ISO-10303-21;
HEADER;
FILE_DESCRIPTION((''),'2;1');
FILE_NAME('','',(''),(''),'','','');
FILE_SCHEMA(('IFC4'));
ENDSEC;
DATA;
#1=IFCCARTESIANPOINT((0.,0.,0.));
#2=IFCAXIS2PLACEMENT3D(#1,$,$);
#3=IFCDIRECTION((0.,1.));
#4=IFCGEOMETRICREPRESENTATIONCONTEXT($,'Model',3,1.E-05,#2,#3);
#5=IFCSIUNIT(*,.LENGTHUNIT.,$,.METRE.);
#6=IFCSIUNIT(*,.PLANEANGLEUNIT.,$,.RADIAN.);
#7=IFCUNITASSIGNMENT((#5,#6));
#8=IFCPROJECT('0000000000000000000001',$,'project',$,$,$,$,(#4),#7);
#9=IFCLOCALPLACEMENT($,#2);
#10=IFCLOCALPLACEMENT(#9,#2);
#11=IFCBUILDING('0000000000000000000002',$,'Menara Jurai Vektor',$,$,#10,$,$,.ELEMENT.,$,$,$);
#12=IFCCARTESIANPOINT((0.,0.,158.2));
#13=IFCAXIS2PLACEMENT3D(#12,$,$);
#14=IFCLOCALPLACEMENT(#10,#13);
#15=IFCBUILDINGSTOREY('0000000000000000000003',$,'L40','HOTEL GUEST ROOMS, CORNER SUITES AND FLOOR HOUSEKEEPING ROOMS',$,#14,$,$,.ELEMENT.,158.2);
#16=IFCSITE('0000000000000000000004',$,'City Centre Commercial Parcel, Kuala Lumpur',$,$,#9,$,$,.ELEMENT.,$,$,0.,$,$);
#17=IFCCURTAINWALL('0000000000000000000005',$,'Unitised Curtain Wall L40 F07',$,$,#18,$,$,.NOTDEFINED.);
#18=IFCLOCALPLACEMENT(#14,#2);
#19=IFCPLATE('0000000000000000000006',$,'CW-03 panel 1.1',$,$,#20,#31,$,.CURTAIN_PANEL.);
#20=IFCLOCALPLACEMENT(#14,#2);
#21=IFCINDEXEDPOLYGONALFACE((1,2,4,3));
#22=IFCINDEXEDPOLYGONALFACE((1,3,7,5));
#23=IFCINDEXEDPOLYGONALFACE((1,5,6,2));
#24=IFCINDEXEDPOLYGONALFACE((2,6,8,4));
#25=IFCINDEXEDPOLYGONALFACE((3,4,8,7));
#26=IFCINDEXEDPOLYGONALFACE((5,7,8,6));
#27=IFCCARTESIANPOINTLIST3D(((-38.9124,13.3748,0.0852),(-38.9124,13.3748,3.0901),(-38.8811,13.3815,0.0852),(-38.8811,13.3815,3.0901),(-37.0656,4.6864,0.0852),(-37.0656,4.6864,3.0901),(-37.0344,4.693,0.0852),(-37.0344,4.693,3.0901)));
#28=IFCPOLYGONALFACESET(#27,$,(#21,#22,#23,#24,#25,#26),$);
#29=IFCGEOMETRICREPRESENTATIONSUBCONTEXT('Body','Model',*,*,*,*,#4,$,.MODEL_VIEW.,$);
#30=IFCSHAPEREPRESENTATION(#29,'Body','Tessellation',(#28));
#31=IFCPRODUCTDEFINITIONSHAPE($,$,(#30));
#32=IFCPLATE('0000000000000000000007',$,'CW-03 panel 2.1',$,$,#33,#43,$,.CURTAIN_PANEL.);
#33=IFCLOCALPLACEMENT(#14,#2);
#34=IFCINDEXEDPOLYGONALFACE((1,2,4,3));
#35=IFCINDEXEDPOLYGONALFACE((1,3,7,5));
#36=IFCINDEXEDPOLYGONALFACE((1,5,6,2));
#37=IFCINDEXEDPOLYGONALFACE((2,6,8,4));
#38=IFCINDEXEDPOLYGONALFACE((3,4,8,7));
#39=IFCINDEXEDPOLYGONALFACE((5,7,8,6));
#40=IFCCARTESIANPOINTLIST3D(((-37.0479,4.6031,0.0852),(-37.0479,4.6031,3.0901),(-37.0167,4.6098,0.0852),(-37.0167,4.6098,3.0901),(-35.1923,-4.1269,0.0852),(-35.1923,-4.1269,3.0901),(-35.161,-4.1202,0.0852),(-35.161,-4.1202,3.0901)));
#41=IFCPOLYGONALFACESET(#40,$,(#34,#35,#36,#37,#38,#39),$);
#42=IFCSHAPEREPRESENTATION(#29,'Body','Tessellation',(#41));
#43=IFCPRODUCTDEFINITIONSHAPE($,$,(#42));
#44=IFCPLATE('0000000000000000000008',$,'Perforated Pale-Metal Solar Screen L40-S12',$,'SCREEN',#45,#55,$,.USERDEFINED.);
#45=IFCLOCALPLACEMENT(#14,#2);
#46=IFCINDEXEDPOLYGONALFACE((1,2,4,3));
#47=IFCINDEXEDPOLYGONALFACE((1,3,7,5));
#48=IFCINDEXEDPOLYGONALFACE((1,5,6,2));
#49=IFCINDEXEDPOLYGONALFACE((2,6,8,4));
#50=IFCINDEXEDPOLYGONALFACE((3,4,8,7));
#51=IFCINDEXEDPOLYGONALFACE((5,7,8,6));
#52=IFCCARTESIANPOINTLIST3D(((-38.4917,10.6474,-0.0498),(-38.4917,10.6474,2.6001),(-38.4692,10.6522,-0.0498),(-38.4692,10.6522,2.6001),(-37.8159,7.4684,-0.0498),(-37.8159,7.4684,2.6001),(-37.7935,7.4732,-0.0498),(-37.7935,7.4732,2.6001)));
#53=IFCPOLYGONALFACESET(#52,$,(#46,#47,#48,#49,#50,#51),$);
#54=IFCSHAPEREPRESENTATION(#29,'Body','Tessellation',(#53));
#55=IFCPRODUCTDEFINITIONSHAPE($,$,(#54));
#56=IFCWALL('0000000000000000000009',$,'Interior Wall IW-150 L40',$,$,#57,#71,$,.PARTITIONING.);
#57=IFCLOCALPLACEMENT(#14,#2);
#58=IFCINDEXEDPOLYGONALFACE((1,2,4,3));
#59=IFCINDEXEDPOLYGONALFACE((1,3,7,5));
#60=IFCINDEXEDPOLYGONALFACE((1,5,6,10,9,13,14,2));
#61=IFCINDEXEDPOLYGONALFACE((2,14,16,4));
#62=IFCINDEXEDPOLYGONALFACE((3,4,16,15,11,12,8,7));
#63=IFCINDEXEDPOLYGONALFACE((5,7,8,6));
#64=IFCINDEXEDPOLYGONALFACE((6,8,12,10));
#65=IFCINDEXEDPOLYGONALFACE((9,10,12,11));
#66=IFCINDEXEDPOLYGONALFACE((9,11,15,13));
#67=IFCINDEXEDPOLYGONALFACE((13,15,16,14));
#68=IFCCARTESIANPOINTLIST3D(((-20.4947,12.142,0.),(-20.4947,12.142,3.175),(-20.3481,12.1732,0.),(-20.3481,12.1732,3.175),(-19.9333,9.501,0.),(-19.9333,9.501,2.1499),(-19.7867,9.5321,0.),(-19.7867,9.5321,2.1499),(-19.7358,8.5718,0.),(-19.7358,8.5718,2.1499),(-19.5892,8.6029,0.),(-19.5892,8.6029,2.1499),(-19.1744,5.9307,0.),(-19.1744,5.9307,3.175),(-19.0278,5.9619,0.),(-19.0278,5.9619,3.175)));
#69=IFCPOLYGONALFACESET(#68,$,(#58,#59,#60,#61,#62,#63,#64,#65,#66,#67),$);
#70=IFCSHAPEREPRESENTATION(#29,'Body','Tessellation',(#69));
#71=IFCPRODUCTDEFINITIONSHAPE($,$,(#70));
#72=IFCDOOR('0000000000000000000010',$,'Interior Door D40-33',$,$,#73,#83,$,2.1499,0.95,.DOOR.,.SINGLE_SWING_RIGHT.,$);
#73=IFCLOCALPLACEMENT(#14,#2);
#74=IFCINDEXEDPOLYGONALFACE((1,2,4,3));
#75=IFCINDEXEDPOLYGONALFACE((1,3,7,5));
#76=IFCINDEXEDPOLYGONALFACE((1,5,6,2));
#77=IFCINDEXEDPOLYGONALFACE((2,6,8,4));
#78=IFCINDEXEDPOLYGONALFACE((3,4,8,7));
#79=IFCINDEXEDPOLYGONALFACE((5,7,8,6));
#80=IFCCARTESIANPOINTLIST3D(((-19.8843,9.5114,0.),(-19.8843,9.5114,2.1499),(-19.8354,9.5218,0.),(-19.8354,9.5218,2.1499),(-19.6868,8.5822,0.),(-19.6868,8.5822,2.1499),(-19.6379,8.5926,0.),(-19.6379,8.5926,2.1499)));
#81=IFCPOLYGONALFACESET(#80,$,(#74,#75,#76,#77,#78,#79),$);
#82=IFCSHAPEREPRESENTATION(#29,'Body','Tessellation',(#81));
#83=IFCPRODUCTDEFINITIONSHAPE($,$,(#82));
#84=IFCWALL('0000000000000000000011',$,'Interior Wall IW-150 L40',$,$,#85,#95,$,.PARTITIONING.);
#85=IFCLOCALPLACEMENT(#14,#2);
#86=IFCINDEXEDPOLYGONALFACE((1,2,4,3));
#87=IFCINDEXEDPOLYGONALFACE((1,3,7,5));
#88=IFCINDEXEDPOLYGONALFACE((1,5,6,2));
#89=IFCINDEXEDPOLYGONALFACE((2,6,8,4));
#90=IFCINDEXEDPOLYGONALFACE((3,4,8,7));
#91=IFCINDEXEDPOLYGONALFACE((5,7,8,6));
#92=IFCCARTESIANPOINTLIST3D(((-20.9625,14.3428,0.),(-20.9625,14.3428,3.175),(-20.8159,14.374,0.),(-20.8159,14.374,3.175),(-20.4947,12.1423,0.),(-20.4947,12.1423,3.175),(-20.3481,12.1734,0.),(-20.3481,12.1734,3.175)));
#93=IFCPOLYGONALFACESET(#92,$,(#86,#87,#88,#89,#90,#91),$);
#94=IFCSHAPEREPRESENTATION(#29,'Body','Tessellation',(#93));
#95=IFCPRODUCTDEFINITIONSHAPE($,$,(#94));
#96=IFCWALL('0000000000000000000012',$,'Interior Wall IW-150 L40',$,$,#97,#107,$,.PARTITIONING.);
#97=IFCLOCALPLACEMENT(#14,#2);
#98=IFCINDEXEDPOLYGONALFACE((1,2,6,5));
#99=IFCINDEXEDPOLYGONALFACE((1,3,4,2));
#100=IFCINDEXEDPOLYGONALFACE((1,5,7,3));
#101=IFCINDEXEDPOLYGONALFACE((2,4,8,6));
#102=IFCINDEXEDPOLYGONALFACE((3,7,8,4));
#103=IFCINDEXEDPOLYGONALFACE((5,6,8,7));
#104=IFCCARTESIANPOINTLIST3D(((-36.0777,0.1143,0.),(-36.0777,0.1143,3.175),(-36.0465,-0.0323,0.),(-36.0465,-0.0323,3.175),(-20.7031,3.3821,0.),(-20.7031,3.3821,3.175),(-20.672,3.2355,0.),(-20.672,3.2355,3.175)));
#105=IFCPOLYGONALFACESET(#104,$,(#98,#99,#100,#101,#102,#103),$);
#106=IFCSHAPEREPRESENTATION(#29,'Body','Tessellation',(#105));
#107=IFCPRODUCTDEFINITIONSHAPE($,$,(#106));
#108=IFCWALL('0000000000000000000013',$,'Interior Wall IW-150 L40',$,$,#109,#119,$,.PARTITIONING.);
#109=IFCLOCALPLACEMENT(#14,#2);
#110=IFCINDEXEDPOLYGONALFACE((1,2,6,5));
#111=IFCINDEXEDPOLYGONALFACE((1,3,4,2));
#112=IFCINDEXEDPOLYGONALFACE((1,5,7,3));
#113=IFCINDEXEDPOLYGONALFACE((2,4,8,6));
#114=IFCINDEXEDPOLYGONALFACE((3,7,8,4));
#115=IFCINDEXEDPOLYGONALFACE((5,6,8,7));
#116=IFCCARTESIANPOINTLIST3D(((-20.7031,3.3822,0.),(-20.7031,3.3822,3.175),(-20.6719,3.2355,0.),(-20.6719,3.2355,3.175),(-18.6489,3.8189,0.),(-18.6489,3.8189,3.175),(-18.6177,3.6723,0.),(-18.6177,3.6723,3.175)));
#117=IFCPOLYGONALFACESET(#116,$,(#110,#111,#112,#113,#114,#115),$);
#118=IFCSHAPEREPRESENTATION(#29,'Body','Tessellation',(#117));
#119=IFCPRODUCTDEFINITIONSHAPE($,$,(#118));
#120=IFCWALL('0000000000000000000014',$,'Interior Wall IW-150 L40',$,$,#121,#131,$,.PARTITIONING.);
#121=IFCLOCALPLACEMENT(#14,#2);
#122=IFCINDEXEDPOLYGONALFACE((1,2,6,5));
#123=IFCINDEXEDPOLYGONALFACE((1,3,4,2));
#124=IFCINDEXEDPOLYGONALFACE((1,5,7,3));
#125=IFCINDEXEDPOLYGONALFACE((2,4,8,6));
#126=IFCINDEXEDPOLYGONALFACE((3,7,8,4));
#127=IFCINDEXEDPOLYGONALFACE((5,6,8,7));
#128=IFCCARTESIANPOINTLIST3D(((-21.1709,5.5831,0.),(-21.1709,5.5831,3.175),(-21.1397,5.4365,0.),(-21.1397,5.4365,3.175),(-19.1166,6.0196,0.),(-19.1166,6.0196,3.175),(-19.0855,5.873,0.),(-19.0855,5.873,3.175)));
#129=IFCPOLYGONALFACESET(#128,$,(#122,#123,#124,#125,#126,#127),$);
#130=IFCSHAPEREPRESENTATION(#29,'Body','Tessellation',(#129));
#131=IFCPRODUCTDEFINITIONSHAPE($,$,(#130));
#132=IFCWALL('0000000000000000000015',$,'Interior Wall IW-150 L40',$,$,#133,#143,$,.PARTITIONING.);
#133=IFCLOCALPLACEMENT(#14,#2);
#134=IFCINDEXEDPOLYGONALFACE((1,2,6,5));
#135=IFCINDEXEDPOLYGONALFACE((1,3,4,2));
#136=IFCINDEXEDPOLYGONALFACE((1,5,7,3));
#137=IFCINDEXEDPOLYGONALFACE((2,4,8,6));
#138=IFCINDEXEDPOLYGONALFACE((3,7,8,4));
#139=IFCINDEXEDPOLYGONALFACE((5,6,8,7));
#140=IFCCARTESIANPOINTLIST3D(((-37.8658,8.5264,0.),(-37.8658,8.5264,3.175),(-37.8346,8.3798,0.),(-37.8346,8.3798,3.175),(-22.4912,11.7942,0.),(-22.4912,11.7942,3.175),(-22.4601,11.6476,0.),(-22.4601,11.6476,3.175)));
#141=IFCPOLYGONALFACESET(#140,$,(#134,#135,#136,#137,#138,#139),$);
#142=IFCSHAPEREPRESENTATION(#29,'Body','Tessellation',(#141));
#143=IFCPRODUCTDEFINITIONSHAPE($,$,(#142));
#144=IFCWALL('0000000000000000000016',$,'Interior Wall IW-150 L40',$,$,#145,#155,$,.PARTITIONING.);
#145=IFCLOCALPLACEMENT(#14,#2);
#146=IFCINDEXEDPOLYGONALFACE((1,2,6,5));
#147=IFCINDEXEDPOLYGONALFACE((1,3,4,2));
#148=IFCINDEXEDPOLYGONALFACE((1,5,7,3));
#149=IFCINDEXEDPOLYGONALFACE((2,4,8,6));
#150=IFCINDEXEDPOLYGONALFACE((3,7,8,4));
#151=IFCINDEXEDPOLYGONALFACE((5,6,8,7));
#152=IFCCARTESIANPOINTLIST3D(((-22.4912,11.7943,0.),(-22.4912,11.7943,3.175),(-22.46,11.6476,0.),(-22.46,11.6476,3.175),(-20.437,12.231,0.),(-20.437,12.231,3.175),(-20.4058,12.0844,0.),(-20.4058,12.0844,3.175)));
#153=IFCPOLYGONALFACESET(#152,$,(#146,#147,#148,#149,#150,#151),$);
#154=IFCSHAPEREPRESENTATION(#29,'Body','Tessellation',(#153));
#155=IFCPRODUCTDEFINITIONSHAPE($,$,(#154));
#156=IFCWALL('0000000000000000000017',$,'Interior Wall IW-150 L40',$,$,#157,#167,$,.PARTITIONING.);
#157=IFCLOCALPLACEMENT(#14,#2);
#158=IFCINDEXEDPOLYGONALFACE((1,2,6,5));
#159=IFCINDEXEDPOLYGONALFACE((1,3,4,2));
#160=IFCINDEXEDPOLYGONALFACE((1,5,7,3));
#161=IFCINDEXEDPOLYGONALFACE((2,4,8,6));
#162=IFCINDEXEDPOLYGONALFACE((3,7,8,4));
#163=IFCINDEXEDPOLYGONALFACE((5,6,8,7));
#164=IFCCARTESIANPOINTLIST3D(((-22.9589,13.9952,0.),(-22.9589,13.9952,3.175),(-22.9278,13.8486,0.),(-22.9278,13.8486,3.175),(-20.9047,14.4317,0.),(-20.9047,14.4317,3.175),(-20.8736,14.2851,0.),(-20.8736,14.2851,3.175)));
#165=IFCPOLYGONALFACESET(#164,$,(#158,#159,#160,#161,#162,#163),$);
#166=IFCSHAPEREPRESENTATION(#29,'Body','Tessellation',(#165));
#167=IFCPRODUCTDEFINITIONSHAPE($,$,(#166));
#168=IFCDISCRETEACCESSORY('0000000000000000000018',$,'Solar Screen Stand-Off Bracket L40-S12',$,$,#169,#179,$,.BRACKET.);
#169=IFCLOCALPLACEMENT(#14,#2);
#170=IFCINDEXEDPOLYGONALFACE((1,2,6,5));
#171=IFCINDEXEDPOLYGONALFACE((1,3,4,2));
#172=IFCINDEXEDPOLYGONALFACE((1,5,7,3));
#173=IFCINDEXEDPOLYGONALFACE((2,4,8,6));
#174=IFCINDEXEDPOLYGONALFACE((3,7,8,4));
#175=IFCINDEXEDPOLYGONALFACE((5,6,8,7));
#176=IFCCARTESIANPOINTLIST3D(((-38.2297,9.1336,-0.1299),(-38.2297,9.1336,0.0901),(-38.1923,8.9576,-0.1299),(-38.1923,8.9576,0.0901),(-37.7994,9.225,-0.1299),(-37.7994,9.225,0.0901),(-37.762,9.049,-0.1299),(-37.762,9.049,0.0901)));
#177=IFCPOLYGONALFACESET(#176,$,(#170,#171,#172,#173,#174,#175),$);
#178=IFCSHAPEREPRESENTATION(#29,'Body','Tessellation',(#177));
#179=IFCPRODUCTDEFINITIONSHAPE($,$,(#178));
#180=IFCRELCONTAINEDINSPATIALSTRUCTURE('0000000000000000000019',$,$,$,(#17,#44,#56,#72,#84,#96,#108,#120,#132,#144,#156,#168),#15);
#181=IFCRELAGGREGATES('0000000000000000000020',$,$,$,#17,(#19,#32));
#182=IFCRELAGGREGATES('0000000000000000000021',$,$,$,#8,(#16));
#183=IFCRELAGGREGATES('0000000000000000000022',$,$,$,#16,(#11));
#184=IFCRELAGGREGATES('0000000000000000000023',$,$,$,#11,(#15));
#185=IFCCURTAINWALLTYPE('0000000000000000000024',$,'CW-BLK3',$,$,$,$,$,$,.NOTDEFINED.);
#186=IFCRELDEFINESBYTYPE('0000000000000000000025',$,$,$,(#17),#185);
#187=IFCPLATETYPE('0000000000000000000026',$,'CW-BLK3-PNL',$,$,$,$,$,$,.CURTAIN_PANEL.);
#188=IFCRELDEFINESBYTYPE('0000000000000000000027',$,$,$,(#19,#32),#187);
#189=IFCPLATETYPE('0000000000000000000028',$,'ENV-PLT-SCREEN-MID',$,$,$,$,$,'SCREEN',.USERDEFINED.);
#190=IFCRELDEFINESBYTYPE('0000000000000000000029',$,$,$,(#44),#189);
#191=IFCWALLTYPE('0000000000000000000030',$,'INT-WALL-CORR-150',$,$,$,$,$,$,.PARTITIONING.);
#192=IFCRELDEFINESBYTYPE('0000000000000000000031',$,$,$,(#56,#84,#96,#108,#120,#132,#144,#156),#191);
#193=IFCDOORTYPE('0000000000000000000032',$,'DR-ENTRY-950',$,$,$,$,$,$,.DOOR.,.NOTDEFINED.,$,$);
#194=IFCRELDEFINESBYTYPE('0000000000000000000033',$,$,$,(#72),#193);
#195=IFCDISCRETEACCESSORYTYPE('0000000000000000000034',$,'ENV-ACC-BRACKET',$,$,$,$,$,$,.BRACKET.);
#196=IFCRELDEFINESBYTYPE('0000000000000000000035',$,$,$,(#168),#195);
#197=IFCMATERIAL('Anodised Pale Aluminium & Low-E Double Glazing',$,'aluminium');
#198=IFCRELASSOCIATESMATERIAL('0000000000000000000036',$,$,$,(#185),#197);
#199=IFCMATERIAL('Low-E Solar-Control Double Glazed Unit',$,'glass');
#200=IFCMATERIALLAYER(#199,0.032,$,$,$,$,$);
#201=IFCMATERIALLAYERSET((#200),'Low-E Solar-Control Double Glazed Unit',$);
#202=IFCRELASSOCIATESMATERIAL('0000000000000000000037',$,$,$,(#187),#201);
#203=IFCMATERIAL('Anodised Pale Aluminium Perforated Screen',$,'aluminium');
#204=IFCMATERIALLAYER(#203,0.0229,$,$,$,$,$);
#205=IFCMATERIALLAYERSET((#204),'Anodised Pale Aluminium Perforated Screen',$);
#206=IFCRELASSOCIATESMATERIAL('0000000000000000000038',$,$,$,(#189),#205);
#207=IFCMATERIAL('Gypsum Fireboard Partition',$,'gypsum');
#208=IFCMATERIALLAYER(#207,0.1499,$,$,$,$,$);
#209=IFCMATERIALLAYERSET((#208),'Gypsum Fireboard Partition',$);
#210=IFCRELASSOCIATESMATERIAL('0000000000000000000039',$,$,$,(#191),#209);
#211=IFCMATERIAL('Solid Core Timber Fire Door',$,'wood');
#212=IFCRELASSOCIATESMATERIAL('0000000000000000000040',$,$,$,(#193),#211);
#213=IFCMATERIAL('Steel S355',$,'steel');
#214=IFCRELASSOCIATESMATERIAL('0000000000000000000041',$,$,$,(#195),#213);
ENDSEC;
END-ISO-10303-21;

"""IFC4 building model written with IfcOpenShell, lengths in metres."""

from ifc_helpers import new_model, si_unit, direction, frame, frame_2d, origin, origin_2d, place, context, subcontext, project, spatial, rectangle, extrude, material, layer, layer_set, type_object, element, fill, aggregate, save


model = new_model("IFC4")

# Units and contexts
model_context = context("Model", 3, precision=1e-05, world=origin(), true_north=direction((0.0, 1.0)))
body_context = subcontext(model_context, "Body", "Model", "MODEL_VIEW")
ifc_project = project(units=[si_unit("LENGTHUNIT", "METRE"), si_unit("PLANEANGLEUNIT", "RADIAN")], contexts=[model_context])

# Site, building, storey
site_placement = place(None, origin())
site = spatial("IfcSite", under=ifc_project, at=site_placement, Name="City Centre Commercial Parcel, Kuala Lumpur", CompositionType="ELEMENT", RefElevation=0.0)
building_placement = place(site_placement, origin())
building = spatial("IfcBuilding", under=site, at=building_placement, Name="Menara Jurai Vektor", CompositionType="ELEMENT")
storey_placement = place(building_placement, frame((0.0, 0.0, 158.2)))
storey = spatial("IfcBuildingStorey", under=building, at=storey_placement, Name="L40", Description="HOTEL GUEST ROOMS, CORNER SUITES AND FLOOR HOUSEKEEPING ROOMS", CompositionType="ELEMENT", Elevation=158.2)

# Curtain wall
ifc_material_1 = material(Name="Anodised Pale Aluminium & Low-E Double Glazing", Category="aluminium")
curtain_wall_type = type_object("IfcCurtainWallType", Name="CW-BLK3", PredefinedType="NOTDEFINED", material=ifc_material_1)
curtain_wall_placement = place(storey_placement, origin())
curtain_wall = element("IfcCurtainWall", 1, at=curtain_wall_placement, inside=storey, type_object=curtain_wall_type, Name="Unitised Curtain Wall L40 F07", PredefinedType="NOTDEFINED")

# Shared definitions
ifc_material_2 = material(Name="Steel S355", Category="steel")

# Plates
ifc_material_3 = material(Name="Low-E Solar-Control Double Glazed Unit", Category="glass")
ifc_layer_1 = layer(ifc_material_3, 0.032)
ifc_layer_set_1 = layer_set([ifc_layer_1], Name="Low-E Solar-Control Double Glazed Unit")
plate_type_1 = type_object("IfcPlateType", Name="CW-BLK3-PNL", PredefinedType="CURTAIN_PANEL", material=ifc_layer_set_1)
plate_1_placement = place(storey_placement, frame((-37.9734, 9.0339, 0.0852), z_axis=(0.0, 0.0, 1.0), x_axis=(0.20791, -0.978148, 0.0)))
plate_1 = element("IfcPlate", 2, at=plate_1_placement, type_object=plate_type_1, Name="CW-03 panel 1.1", PredefinedType="CURTAIN_PANEL", context=body_context, shape_type="SweptSolid", body=[
    extrude(rectangle(XDim=8.8826, YDim=0.032, at=origin_2d()), origin(), (0.0, 0.0, 1.0), 3.0049),
])
plate_2_placement = place(storey_placement, frame((-36.1045, 0.2415, 0.0852), z_axis=(0.0, 0.0, 1.0), x_axis=(0.20791, -0.978148, 0.0)))
plate_2 = element("IfcPlate", 3, at=plate_2_placement, type_object=plate_type_1, Name="CW-03 panel 2.1", PredefinedType="CURTAIN_PANEL", context=body_context, shape_type="SweptSolid", body=[
    extrude(rectangle(XDim=8.925, YDim=0.032, at=origin_2d()), origin(), (0.0, 0.0, 1.0), 3.0049),
])
aggregate(curtain_wall, [plate_1, plate_2])
ifc_material_4 = material(Name="Anodised Pale Aluminium Perforated Screen", Category="aluminium")
ifc_layer_2 = layer(ifc_material_4, 0.0229)
ifc_layer_set_2 = layer_set([ifc_layer_2], Name="Anodised Pale Aluminium Perforated Screen")
plate_type_2 = type_object("IfcPlateType", Name="ENV-PLT-SCREEN-MID", ElementType="SCREEN", PredefinedType="USERDEFINED", material=ifc_layer_set_2)
plate_3_placement = place(storey_placement, frame((-38.1426, 9.0603, -0.0498), z_axis=(0.0, 0.0, 1.0), x_axis=(0.207912, -0.978148, 0.0)))
element("IfcPlate", 4, at=plate_3_placement, inside=storey, type_object=plate_type_2, Name="Perforated Pale-Metal Solar Screen L40-S12", ObjectType="SCREEN", PredefinedType="USERDEFINED", context=body_context, shape_type="SweptSolid", body=[
    extrude(rectangle(XDim=3.25, YDim=0.0229, at=origin_2d()), origin(), (0.0, 0.0, 1.0), 2.6499),
])

# Wall, opening, door
ifc_material_5 = material(Name="Gypsum Fireboard Partition", Category="gypsum")
ifc_layer_3 = layer(ifc_material_5, 0.1499)
ifc_layer_set_3 = layer_set([ifc_layer_3], Name="Gypsum Fireboard Partition")
wall_type = type_object("IfcWallType", Name="INT-WALL-CORR-150", PredefinedType="PARTITIONING", material=ifc_layer_set_3)
wall_1_placement = place(storey_placement, frame((-19.1011, 5.9463, 0.0), z_axis=(0.0, 0.0, 1.0), x_axis=(-0.207917, 0.978147, 0.0)))
wall_1 = element("IfcWall", 5, at=wall_1_placement, inside=storey, type_object=wall_type, Name="Interior Wall IW-150 L40", PredefinedType="PARTITIONING", context=body_context, shape_type="SweptSolid", body=[
    extrude(rectangle(XDim=6.3501, YDim=0.1499, at=frame_2d((3.175, 0.0))), origin(), (0.0, 0.0, 1.0), 3.175),
])
opening_1_placement = place(wall_1_placement, frame((2.7, 0.0, 0.0)))
opening_1 = element("IfcOpeningElement", 6, at=opening_1_placement, cuts=wall_1, PredefinedType="OPENING", context=body_context, shape_type="SweptSolid", body=[
    extrude(rectangle(XDim=0.95, YDim=2.1499, at=frame_2d((0.4751, 1.075))), frame((0.0, 0.085, 0.0), z_axis=(0.0, -1.0, 0.0), x_axis=(1.0, 0.0, 0.0)), (0.0, 0.0, 1.0), 0.1699),
])
ifc_material_6 = material(Name="Solid Core Timber Fire Door", Category="wood")
door_type_1 = type_object("IfcDoorType", Name="DR-ENTRY-950", OperationType="NOTDEFINED", PredefinedType="DOOR", material=ifc_material_6)
door_1_placement = place(opening_1_placement, origin())
door_1 = element("IfcDoor", 7, at=door_1_placement, inside=storey, type_object=door_type_1, Name="Interior Door D40-33", OperationType="SINGLE_SWING_RIGHT", OverallHeight=2.1499, OverallWidth=0.95, PredefinedType="DOOR", context=body_context, shape_type="SweptSolid", body=[
    extrude(rectangle(XDim=0.95, YDim=2.1499, at=frame_2d((0.4751, 1.075))), frame((0.0, 0.0249, 0.0), z_axis=(0.0, -1.0, 0.0), x_axis=(1.0, 0.0, 0.0)), (0.0, 0.0, 1.0), 0.05),
])
fill(opening_1, door_1)

# Walls
wall_2_placement = place(storey_placement, frame((-20.4214, 12.1577, 0.0), z_axis=(0.0, 0.0, 1.0), x_axis=(-0.207913, 0.978147, 0.0)))
element("IfcWall", 8, at=wall_2_placement, inside=storey, type_object=wall_type, Name="Interior Wall IW-150 L40", PredefinedType="PARTITIONING", context=body_context, shape_type="SweptSolid", body=[
    extrude(rectangle(XDim=2.2498, YDim=0.1499, at=frame_2d((1.125, 0.0))), origin(), (0.0, 0.0, 1.0), 3.175),
])
wall_3_placement = place(storey_placement, frame((-36.062, 0.041, 0.0), z_axis=(0.0, 0.0, 1.0), x_axis=(0.978149, 0.207904, 0.0)))
element("IfcWall", 9, at=wall_3_placement, inside=storey, type_object=wall_type, Name="Interior Wall IW-150 L40", PredefinedType="PARTITIONING", context=body_context, shape_type="SweptSolid", body=[
    extrude(rectangle(XDim=15.718, YDim=0.1499, at=frame_2d((7.8589, 0.0))), origin(), (0.0, 0.0, 1.0), 3.175),
])
wall_4_placement = place(storey_placement, frame((-20.6875, 3.3088, 0.0), z_axis=(0.0, 0.0, 1.0), x_axis=(0.978135, 0.207973, 0.0)))
element("IfcWall", 10, at=wall_4_placement, inside=storey, type_object=wall_type, Name="Interior Wall IW-150 L40", PredefinedType="PARTITIONING", context=body_context, shape_type="SweptSolid", body=[
    extrude(rectangle(XDim=2.1001, YDim=0.1499, at=frame_2d((1.05, 0.0))), origin(), (0.0, 0.0, 1.0), 3.175),
])

# Walls
wall_5_placement = place(storey_placement, frame((-21.1553, 5.5098, 0.0), z_axis=(0.0, 0.0, 1.0), x_axis=(0.978158, 0.207862, 0.0)))
element("IfcWall", 11, at=wall_5_placement, inside=storey, type_object=wall_type, Name="Interior Wall IW-150 L40", PredefinedType="PARTITIONING", context=body_context, shape_type="SweptSolid", body=[
    extrude(rectangle(XDim=2.1001, YDim=0.1499, at=frame_2d((1.05, 0.0))), origin(), (0.0, 0.0, 1.0), 3.175),
])
wall_6_placement = place(storey_placement, frame((-37.8501, 8.4531, 0.0), z_axis=(0.0, 0.0, 1.0), x_axis=(0.978149, 0.207904, 0.0)))
element("IfcWall", 12, at=wall_6_placement, inside=storey, type_object=wall_type, Name="Interior Wall IW-150 L40", PredefinedType="PARTITIONING", context=body_context, shape_type="SweptSolid", body=[
    extrude(rectangle(XDim=15.718, YDim=0.1499, at=frame_2d((7.8589, 0.0))), origin(), (0.0, 0.0, 1.0), 3.175),
])
wall_7_placement = place(storey_placement, frame((-22.4756, 11.7209, 0.0), z_axis=(0.0, 0.0, 1.0), x_axis=(0.978135, 0.207973, 0.0)))
element("IfcWall", 13, at=wall_7_placement, inside=storey, type_object=wall_type, Name="Interior Wall IW-150 L40", PredefinedType="PARTITIONING", context=body_context, shape_type="SweptSolid", body=[
    extrude(rectangle(XDim=2.1001, YDim=0.1499, at=frame_2d((1.05, 0.0))), origin(), (0.0, 0.0, 1.0), 3.175),
])

# Wall
wall_8_placement = place(storey_placement, frame((-22.9434, 13.9219, 0.0), z_axis=(0.0, 0.0, 1.0), x_axis=(0.978158, 0.207862, 0.0)))
element("IfcWall", 14, at=wall_8_placement, inside=storey, type_object=wall_type, Name="Interior Wall IW-150 L40", PredefinedType="PARTITIONING", context=body_context, shape_type="SweptSolid", body=[
    extrude(rectangle(XDim=2.1001, YDim=0.1499, at=frame_2d((1.05, 0.0))), origin(), (0.0, 0.0, 1.0), 3.175),
])

# Discrete accessory
discrete_accessory_type = type_object("IfcDiscreteAccessoryType", Name="ENV-ACC-BRACKET", PredefinedType="BRACKET", material=ifc_material_2)
discrete_accessory_placement = place(storey_placement, frame((-37.9958, 9.0913, -0.1299), z_axis=(0.0, 0.0, 1.0), x_axis=(0.207912, -0.978148, 0.0)))
element("IfcDiscreteAccessory", 15, at=discrete_accessory_placement, inside=storey, type_object=discrete_accessory_type, Name="Solar Screen Stand-Off Bracket L40-S12", PredefinedType="BRACKET", context=body_context, shape_type="SweptSolid", body=[
    extrude(rectangle(XDim=0.1799, YDim=0.4399, at=origin_2d()), origin(), (0.0, 0.0, 1.0), 0.22),
])

save(model, "model.ifc")
